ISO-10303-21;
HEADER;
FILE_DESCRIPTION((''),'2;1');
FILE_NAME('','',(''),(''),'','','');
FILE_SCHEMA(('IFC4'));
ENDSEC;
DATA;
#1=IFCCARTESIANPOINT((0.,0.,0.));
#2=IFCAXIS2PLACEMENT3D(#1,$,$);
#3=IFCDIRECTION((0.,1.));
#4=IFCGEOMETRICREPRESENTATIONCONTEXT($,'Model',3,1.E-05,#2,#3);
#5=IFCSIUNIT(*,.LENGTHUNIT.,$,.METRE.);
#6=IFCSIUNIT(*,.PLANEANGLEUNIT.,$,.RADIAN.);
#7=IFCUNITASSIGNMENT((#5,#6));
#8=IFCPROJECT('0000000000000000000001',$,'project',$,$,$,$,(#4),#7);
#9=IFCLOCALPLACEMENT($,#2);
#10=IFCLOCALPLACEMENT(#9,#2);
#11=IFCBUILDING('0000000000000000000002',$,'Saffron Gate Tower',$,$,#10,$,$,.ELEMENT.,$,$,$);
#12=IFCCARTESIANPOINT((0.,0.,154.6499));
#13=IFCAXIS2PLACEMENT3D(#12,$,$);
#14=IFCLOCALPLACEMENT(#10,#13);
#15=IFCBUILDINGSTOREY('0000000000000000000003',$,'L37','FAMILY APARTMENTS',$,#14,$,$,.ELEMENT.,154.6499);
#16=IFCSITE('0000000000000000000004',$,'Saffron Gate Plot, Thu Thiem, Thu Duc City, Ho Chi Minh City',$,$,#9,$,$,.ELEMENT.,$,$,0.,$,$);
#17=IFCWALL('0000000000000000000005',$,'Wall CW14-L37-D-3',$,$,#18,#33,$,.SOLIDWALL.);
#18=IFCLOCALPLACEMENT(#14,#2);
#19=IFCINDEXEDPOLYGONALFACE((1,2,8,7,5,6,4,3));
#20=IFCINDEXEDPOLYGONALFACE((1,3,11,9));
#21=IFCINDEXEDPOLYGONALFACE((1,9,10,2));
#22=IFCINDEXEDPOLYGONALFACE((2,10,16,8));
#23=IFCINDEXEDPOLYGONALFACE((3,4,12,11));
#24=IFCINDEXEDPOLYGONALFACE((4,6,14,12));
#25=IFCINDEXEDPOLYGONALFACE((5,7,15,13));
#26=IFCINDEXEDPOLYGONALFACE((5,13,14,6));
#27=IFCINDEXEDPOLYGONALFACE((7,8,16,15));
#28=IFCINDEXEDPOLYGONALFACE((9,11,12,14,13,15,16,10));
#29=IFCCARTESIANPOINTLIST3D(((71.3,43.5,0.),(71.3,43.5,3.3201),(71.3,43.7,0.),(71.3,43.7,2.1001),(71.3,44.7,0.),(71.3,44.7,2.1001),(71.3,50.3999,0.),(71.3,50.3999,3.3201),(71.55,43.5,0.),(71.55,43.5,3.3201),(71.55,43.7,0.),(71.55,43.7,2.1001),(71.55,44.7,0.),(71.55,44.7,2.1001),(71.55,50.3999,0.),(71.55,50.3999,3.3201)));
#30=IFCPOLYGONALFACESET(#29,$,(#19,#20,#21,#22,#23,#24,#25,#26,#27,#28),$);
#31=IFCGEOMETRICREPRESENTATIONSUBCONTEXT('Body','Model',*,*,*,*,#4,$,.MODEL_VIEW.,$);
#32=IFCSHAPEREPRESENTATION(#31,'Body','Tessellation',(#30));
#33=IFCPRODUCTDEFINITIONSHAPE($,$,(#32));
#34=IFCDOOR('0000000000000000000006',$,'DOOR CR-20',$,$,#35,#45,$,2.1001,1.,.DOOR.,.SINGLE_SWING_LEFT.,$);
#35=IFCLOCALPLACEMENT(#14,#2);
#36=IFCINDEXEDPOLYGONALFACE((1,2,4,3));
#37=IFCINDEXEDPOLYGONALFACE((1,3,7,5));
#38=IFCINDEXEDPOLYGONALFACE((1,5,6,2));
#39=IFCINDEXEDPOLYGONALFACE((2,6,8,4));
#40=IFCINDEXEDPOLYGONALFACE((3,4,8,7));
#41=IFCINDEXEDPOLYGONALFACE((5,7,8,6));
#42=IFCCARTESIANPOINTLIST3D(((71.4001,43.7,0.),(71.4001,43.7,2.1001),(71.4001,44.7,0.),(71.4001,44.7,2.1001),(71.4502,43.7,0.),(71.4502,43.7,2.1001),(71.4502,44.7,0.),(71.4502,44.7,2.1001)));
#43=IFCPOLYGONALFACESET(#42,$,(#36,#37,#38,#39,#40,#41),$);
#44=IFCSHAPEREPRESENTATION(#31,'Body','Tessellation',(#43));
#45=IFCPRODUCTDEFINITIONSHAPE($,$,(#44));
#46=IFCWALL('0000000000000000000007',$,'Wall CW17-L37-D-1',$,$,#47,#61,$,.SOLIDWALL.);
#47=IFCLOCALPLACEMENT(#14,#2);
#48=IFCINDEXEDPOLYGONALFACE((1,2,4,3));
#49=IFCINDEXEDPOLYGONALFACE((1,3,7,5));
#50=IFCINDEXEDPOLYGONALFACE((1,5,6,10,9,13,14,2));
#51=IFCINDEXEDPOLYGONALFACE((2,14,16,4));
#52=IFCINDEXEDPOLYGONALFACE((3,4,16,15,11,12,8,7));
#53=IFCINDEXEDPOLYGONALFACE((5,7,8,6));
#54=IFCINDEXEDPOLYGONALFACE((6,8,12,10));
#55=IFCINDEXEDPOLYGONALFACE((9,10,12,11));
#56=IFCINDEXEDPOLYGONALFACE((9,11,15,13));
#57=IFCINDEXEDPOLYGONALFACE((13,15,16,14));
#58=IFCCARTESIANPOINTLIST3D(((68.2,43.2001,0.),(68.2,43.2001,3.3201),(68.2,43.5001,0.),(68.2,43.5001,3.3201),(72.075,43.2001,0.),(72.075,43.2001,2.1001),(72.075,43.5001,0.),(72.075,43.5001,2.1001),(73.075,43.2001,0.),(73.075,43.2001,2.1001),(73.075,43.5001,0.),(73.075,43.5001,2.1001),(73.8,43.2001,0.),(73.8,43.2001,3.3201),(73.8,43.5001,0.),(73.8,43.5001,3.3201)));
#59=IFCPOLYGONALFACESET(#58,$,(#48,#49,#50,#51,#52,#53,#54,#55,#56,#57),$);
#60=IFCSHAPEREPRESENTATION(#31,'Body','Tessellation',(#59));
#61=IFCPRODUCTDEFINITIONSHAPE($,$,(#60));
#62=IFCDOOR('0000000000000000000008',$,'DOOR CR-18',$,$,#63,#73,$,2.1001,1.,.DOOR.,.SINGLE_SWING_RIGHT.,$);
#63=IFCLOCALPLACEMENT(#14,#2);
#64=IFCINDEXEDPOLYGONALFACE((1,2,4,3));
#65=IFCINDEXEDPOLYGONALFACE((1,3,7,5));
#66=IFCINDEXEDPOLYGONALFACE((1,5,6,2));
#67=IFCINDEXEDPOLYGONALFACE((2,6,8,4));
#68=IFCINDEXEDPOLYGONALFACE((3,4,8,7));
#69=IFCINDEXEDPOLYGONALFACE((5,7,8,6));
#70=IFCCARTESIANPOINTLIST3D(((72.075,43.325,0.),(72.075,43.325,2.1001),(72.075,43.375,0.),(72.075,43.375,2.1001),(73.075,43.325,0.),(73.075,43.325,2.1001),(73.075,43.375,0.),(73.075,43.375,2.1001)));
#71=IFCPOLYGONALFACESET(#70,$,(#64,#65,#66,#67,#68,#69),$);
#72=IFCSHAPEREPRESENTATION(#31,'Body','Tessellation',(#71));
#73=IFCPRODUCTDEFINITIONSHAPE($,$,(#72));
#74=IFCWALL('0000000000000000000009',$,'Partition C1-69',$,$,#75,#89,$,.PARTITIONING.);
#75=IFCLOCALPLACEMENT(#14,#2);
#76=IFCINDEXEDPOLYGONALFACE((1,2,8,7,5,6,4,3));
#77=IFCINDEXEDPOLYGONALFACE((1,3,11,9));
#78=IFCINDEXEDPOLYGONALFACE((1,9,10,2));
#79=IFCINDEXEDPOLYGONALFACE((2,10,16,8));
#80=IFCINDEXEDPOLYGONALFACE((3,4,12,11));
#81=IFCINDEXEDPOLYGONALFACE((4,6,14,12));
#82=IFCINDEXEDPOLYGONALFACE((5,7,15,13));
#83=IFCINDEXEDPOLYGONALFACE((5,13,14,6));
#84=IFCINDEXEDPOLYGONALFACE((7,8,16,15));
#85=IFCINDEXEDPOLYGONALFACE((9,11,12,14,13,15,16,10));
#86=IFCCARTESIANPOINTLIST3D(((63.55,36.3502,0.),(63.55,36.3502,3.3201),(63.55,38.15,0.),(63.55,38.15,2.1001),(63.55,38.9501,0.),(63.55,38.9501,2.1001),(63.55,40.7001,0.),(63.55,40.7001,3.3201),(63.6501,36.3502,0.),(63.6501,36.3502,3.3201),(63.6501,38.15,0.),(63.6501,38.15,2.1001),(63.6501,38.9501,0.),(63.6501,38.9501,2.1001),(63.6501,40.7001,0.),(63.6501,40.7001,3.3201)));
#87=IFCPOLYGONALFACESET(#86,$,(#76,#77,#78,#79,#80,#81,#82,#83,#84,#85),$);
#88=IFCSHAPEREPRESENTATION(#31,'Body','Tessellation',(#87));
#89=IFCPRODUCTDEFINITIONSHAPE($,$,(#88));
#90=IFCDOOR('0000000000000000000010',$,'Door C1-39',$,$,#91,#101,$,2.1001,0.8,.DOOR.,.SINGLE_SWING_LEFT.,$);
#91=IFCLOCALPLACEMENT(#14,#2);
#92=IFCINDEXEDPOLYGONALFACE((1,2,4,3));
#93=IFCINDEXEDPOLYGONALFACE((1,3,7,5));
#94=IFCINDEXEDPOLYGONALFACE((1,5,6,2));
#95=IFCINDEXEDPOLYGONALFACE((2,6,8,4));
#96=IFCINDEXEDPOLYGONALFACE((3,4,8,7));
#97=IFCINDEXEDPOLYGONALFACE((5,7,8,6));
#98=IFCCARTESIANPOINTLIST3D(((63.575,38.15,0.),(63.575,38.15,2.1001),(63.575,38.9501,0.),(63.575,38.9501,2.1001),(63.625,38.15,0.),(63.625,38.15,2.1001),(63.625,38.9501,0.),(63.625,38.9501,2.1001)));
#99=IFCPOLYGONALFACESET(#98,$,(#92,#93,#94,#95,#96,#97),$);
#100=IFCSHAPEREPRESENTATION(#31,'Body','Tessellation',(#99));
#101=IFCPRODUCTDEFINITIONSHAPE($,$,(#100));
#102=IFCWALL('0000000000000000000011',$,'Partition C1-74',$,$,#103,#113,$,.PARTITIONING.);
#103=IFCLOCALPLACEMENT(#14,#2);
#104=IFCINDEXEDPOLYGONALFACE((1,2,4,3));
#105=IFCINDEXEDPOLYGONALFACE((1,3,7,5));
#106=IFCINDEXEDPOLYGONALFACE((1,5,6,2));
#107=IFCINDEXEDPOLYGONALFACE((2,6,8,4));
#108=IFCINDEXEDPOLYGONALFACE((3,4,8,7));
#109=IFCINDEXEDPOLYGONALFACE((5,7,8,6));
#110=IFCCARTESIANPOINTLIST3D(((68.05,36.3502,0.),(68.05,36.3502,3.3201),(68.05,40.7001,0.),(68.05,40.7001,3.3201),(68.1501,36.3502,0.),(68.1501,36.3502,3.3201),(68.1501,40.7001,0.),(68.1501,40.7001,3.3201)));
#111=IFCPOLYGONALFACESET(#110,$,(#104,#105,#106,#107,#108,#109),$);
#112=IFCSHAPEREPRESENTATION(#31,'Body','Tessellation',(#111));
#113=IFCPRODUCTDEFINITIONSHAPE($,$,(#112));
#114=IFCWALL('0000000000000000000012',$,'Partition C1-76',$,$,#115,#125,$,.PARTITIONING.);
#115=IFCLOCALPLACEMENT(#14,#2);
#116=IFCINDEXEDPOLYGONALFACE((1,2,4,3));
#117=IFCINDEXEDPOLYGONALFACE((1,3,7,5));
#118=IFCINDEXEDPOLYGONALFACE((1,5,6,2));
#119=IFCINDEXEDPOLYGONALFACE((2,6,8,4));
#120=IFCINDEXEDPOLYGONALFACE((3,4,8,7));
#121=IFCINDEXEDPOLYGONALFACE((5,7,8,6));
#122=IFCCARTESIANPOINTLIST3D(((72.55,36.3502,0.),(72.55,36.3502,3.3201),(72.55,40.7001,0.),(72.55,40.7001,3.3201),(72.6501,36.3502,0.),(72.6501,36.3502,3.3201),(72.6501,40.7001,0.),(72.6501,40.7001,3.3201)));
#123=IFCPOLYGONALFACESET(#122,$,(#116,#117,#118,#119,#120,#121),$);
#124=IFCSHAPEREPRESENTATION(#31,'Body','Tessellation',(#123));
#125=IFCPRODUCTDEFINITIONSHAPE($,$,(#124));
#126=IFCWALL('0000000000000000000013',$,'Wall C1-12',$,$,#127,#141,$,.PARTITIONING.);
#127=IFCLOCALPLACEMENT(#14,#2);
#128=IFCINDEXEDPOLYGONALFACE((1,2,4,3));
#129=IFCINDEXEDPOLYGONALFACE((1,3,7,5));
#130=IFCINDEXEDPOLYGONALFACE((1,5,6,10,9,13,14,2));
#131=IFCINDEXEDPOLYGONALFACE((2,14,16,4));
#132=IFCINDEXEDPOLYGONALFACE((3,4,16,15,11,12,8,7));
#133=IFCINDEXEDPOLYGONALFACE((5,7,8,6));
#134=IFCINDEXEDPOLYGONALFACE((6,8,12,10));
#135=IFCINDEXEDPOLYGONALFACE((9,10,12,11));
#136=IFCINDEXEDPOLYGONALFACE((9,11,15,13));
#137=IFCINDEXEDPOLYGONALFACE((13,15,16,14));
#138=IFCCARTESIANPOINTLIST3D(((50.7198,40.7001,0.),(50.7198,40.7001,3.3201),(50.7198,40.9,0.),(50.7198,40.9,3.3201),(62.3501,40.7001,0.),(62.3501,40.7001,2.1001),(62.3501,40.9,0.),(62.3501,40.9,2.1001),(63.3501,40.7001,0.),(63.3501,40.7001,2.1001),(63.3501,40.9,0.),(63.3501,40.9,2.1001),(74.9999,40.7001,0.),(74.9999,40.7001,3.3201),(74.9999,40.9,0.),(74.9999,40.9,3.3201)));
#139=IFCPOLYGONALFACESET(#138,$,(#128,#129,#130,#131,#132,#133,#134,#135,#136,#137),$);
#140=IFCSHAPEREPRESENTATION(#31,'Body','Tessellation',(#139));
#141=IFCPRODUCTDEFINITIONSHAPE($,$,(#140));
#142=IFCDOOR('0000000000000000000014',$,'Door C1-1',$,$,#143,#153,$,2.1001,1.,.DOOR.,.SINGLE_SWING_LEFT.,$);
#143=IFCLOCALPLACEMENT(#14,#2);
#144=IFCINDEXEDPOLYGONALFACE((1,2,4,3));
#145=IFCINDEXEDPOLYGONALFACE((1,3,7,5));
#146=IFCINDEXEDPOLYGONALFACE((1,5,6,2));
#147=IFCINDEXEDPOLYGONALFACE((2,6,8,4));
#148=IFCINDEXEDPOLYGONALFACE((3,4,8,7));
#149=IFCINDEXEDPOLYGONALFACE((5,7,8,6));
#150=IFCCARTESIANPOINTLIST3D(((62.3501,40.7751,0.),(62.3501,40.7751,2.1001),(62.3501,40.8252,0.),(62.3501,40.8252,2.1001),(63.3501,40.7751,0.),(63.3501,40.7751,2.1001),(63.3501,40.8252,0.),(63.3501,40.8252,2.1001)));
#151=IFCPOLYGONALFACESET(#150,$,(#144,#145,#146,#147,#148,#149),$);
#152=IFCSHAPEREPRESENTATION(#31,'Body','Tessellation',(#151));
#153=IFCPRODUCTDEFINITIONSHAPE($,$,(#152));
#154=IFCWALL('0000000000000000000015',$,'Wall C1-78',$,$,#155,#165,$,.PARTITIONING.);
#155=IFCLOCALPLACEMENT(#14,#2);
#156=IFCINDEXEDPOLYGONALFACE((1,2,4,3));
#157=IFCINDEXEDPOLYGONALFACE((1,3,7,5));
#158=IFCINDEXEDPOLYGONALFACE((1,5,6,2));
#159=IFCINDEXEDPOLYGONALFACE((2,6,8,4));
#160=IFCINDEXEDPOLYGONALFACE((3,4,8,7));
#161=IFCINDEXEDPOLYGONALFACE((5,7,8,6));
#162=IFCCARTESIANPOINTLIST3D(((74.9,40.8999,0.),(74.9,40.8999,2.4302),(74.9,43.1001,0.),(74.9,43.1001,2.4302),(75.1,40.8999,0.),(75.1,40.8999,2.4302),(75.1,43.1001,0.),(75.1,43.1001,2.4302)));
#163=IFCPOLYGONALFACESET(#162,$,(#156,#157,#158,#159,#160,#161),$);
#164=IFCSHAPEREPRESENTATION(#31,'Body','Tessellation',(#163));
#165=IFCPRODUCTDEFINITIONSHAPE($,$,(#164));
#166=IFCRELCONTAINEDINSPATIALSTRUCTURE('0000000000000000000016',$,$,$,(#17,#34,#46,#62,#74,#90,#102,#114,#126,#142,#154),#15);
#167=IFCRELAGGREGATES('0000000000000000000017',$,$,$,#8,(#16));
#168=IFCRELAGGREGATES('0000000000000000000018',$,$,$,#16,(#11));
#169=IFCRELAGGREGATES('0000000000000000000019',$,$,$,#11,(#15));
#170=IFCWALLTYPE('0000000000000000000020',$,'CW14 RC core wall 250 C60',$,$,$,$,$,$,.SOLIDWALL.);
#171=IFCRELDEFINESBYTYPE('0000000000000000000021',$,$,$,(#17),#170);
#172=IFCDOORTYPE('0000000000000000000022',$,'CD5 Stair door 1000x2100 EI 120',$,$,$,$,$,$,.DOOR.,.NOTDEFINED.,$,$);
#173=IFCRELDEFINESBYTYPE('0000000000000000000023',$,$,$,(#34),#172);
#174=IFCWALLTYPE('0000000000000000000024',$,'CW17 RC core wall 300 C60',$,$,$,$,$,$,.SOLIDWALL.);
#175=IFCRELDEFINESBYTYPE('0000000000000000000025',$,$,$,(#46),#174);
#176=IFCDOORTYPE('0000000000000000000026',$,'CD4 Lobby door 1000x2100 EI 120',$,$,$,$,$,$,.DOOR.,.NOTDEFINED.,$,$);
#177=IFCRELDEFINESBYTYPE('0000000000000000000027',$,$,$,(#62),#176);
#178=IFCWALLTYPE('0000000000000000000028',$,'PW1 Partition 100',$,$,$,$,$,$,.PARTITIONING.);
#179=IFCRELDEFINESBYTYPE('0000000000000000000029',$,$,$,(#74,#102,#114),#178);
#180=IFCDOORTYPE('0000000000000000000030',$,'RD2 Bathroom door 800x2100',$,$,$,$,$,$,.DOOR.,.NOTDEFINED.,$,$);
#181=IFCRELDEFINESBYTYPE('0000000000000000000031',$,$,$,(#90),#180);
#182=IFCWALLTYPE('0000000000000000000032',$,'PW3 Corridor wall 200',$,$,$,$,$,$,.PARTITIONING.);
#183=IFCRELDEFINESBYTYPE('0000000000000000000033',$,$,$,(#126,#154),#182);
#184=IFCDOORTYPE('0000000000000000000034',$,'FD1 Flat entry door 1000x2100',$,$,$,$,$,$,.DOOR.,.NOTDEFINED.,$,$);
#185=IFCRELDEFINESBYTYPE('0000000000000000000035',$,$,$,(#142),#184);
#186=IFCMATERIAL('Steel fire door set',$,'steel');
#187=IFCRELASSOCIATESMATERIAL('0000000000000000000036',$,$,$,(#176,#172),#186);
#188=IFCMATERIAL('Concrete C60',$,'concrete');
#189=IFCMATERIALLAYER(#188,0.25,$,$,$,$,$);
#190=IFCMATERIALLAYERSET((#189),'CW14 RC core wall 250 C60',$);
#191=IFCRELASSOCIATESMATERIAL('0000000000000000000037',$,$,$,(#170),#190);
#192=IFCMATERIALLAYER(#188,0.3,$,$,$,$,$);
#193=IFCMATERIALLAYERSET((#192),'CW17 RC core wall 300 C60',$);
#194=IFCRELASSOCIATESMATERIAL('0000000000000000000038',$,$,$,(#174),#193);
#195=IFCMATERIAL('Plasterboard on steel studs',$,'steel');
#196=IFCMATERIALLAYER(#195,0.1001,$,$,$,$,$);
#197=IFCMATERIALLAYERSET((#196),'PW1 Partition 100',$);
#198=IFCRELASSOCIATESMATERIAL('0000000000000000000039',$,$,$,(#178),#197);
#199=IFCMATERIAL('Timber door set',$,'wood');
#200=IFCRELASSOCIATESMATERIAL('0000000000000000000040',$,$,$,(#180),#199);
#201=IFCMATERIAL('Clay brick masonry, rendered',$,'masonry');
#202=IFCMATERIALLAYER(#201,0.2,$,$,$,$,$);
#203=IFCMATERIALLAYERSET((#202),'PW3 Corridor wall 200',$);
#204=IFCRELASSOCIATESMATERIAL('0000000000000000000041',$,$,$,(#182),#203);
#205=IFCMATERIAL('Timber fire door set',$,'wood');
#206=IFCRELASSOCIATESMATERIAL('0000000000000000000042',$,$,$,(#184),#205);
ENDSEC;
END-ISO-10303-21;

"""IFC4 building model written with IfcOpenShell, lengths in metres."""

from ifc_helpers import new_model, si_unit, direction, frame, frame_2d, origin, place, context, subcontext, project, spatial, rectangle, extrude, material, layer, layer_set, type_object, element, fill, save


model = new_model("IFC4")

# Units and contexts
model_context = context("Model", 3, precision=1e-05, world=origin(), true_north=direction((0.0, 1.0)))
body_context = subcontext(model_context, "Body", "Model", "MODEL_VIEW")
ifc_project = project(units=[si_unit("LENGTHUNIT", "METRE"), si_unit("PLANEANGLEUNIT", "RADIAN")], contexts=[model_context])

# Site, building, storey
site_placement = place(None, origin())
site = spatial("IfcSite", under=ifc_project, at=site_placement, Name="Saffron Gate Plot, Thu Thiem, Thu Duc City, Ho Chi Minh City", CompositionType="ELEMENT", RefElevation=0.0)
building_placement = place(site_placement, origin())
building = spatial("IfcBuilding", under=site, at=building_placement, Name="Saffron Gate Tower", CompositionType="ELEMENT")
storey_placement = place(building_placement, frame((0.0, 0.0, 154.6499)))
storey = spatial("IfcBuildingStorey", under=building, at=storey_placement, Name="L37", Description="FAMILY APARTMENTS", CompositionType="ELEMENT", Elevation=154.6499)

# Shared definitions
ifc_material_1 = material(Name="Steel fire door set", Category="steel")
door_type_1 = type_object("IfcDoorType", Name="CD4 Lobby door 1000x2100 EI 120", OperationType="NOTDEFINED", PredefinedType="DOOR", material=ifc_material_1)

# Shared definitions
ifc_material_2 = material(Name="Concrete C60", Category="concrete")
ifc_layer_1 = layer(ifc_material_2, 0.25)
ifc_layer_set_1 = layer_set([ifc_layer_1], Name="CW14 RC core wall 250 C60")
wall_type_1 = type_object("IfcWallType", Name="CW14 RC core wall 250 C60", PredefinedType="SOLIDWALL", material=ifc_layer_set_1)

# Walls, openings, doors
wall_1_placement = place(storey_placement, frame((71.425, 43.5, 0.0), z_axis=(0.0, 0.0, 1.0), x_axis=(0.0, 1.0, 0.0)))
wall_1 = element("IfcWall", 1, at=wall_1_placement, inside=storey, type_object=wall_type_1, Name="Wall CW14-L37-D-3", PredefinedType="SOLIDWALL", context=body_context, shape_type="SweptSolid", body=[
    extrude(rectangle(XDim=6.8999, YDim=0.25, at=frame_2d((3.45, 0.0))), origin(), (0.0, 0.0, 1.0), 3.3201),
])
opening_1_placement = place(wall_1_placement, frame((0.2, 0.0, 0.0)))
opening_1 = element("IfcOpeningElement", 2, at=opening_1_placement, cuts=wall_1, PredefinedType="OPENING", context=body_context, shape_type="SweptSolid", body=[
    extrude(rectangle(XDim=1.0, YDim=2.1001, at=frame_2d((0.5, 1.05))), frame((0.0, 0.135, 0.0), z_axis=(0.0, -1.0, 0.0), x_axis=(1.0, 0.0, 0.0)), (0.0, 0.0, 1.0), 0.27),
])
door_type_2 = type_object("IfcDoorType", Name="CD5 Stair door 1000x2100 EI 120", OperationType="NOTDEFINED", PredefinedType="DOOR", material=ifc_material_1)
door_1_placement = place(opening_1_placement, origin())
door_1 = element("IfcDoor", 3, at=door_1_placement, inside=storey, type_object=door_type_2, Name="DOOR CR-20", OperationType="SINGLE_SWING_LEFT", OverallHeight=2.1001, OverallWidth=1.0, PredefinedType="DOOR", context=body_context, shape_type="SweptSolid", body=[
    extrude(rectangle(XDim=1.0, YDim=2.1001, at=frame_2d((0.5, 1.05))), frame((0.0, 0.0249, 0.0), z_axis=(0.0, -1.0, 0.0), x_axis=(1.0, 0.0, 0.0)), (0.0, 0.0, 1.0), 0.05),
])
fill(opening_1, door_1)
ifc_layer_2 = layer(ifc_material_2, 0.3)
ifc_layer_set_2 = layer_set([ifc_layer_2], Name="CW17 RC core wall 300 C60")
wall_type_2 = type_object("IfcWallType", Name="CW17 RC core wall 300 C60", PredefinedType="SOLIDWALL", material=ifc_layer_set_2)
wall_2_placement = place(storey_placement, frame((68.2, 43.3501, 0.0), z_axis=(0.0, 0.0, 1.0), x_axis=(1.0, 0.0, 0.0)))
wall_2 = element("IfcWall", 4, at=wall_2_placement, inside=storey, type_object=wall_type_2, Name="Wall CW17-L37-D-1", PredefinedType="SOLIDWALL", context=body_context, shape_type="SweptSolid", body=[
    extrude(rectangle(XDim=5.6001, YDim=0.3, at=frame_2d((2.8, 0.0))), origin(), (0.0, 0.0, 1.0), 3.3201),
])
opening_2_placement = place(wall_2_placement, frame((3.875, 0.0, 0.0)))
opening_2 = element("IfcOpeningElement", 5, at=opening_2_placement, cuts=wall_2, PredefinedType="OPENING", context=body_context, shape_type="SweptSolid", body=[
    extrude(rectangle(XDim=1.0, YDim=2.1001, at=frame_2d((0.5, 1.05))), frame((0.0, 0.1602, 0.0), z_axis=(0.0, -1.0, 0.0), x_axis=(1.0, 0.0, 0.0)), (0.0, 0.0, 1.0), 0.3201),
])
door_2_placement = place(opening_2_placement, origin())
door_2 = element("IfcDoor", 6, at=door_2_placement, inside=storey, type_object=door_type_1, Name="DOOR CR-18", OperationType="SINGLE_SWING_RIGHT", OverallHeight=2.1001, OverallWidth=1.0, PredefinedType="DOOR", context=body_context, shape_type="SweptSolid", body=[
    extrude(rectangle(XDim=1.0, YDim=2.1001, at=frame_2d((0.5, 1.05))), frame((0.0, 0.0249, 0.0), z_axis=(0.0, -1.0, 0.0), x_axis=(1.0, 0.0, 0.0)), (0.0, 0.0, 1.0), 0.05),
])
fill(opening_2, door_2)
ifc_material_3 = material(Name="Plasterboard on steel studs", Category="steel")
ifc_layer_3 = layer(ifc_material_3, 0.1001)
ifc_layer_set_3 = layer_set([ifc_layer_3], Name="PW1 Partition 100")
wall_type_3 = type_object("IfcWallType", Name="PW1 Partition 100", PredefinedType="PARTITIONING", material=ifc_layer_set_3)
wall_3_placement = place(storey_placement, frame((63.6001, 40.7, 0.0), z_axis=(0.0, 0.0, 1.0), x_axis=(0.0, -1.0, 0.0)))
wall_3 = element("IfcWall", 7, at=wall_3_placement, inside=storey, type_object=wall_type_3, Name="Partition C1-69", PredefinedType="PARTITIONING", context=body_context, shape_type="SweptSolid", body=[
    extrude(rectangle(XDim=4.3499, YDim=0.1001, at=frame_2d((2.1748, 0.0))), origin(), (0.0, 0.0, 1.0), 3.3201),
])
opening_3_placement = place(wall_3_placement, frame((1.75, 0.0, 0.0)))
opening_3 = element("IfcOpeningElement", 8, at=opening_3_placement, cuts=wall_3, PredefinedType="OPENING", context=body_context, shape_type="SweptSolid", body=[
    extrude(rectangle(XDim=0.8, YDim=2.1001, at=frame_2d((0.3999, 1.05))), frame((0.0, 0.0601, 0.0), z_axis=(0.0, -1.0, 0.0), x_axis=(1.0, 0.0, 0.0)), (0.0, 0.0, 1.0), 0.1201),
])
ifc_material_4 = material(Name="Timber door set", Category="wood")
door_type_3 = type_object("IfcDoorType", Name="RD2 Bathroom door 800x2100", OperationType="NOTDEFINED", PredefinedType="DOOR", material=ifc_material_4)
door_3_placement = place(opening_3_placement, origin())
door_3 = element("IfcDoor", 9, at=door_3_placement, inside=storey, type_object=door_type_3, Name="Door C1-39", OperationType="SINGLE_SWING_LEFT", OverallHeight=2.1001, OverallWidth=0.8, PredefinedType="DOOR", context=body_context, shape_type="SweptSolid", body=[
    extrude(rectangle(XDim=0.8, YDim=2.1001, at=frame_2d((0.3999, 1.05))), frame((0.0, 0.0249, 0.0), z_axis=(0.0, -1.0, 0.0), x_axis=(1.0, 0.0, 0.0)), (0.0, 0.0, 1.0), 0.05),
])
fill(opening_3, door_3)

# Walls
for number, where, z_axis, x_axis, name in (
    (10, (68.1001, 40.7, 0.0), (0.0, 0.0, 1.0), (0.0, -1.0, 0.0), "Partition C1-74"),
    (11, (72.6001, 40.7, 0.0), (0.0, 0.0, 1.0), (0.0, -1.0, 0.0), "Partition C1-76"),
):
    element("IfcWall", number, at=place(storey_placement, frame(where, z_axis=z_axis, x_axis=x_axis)), inside=storey, type_object=wall_type_3, Name=name, PredefinedType="PARTITIONING", context=body_context, shape_type="SweptSolid", body=[
        extrude(rectangle(XDim=4.3499, YDim=0.1001, at=frame_2d((2.1748, 0.0))), origin(), (0.0, 0.0, 1.0), 3.3201),
    ])

# Wall, opening, door
ifc_material_5 = material(Name="Clay brick masonry, rendered", Category="masonry")
ifc_layer_4 = layer(ifc_material_5, 0.2)
ifc_layer_set_4 = layer_set([ifc_layer_4], Name="PW3 Corridor wall 200")
wall_type_4 = type_object("IfcWallType", Name="PW3 Corridor wall 200", PredefinedType="PARTITIONING", material=ifc_layer_set_4)
wall_4_placement = place(storey_placement, frame((75.0, 40.8, 0.0), z_axis=(0.0, 0.0, 1.0), x_axis=(-1.0, 0.0, 0.0)))
wall_4 = element("IfcWall", 12, at=wall_4_placement, inside=storey, type_object=wall_type_4, Name="Wall C1-12", PredefinedType="PARTITIONING", context=body_context, shape_type="SweptSolid", body=[
    extrude(rectangle(XDim=24.28, YDim=0.2, at=frame_2d((12.1401, 0.0))), origin(), (0.0, 0.0, 1.0), 3.3201),
])
opening_4_placement = place(wall_4_placement, frame((11.6499, 0.0, 0.0)))
opening_4 = element("IfcOpeningElement", 13, at=opening_4_placement, cuts=wall_4, PredefinedType="OPENING", context=body_context, shape_type="SweptSolid", body=[
    extrude(rectangle(XDim=1.0, YDim=2.1001, at=frame_2d((0.5, 1.05))), frame((0.0, 0.1099, 0.0), z_axis=(0.0, -1.0, 0.0), x_axis=(1.0, 0.0, 0.0)), (0.0, 0.0, 1.0), 0.22),
])
ifc_material_6 = material(Name="Timber fire door set", Category="wood")
door_type_4 = type_object("IfcDoorType", Name="FD1 Flat entry door 1000x2100", OperationType="NOTDEFINED", PredefinedType="DOOR", material=ifc_material_6)
door_4_placement = place(opening_4_placement, origin())
door_4 = element("IfcDoor", 14, at=door_4_placement, inside=storey, type_object=door_type_4, Name="Door C1-1", OperationType="SINGLE_SWING_LEFT", OverallHeight=2.1001, OverallWidth=1.0, PredefinedType="DOOR", context=body_context, shape_type="SweptSolid", body=[
    extrude(rectangle(XDim=1.0, YDim=2.1001, at=frame_2d((0.5, 1.05))), frame((0.0, 0.0249, 0.0), z_axis=(0.0, -1.0, 0.0), x_axis=(1.0, 0.0, 0.0)), (0.0, 0.0, 1.0), 0.05),
])
fill(opening_4, door_4)

# Wall
wall_5_placement = place(storey_placement, frame((75.0, 43.1001, 0.0), z_axis=(0.0, 0.0, 1.0), x_axis=(0.0, -1.0, 0.0)))
element("IfcWall", 15, at=wall_5_placement, inside=storey, type_object=wall_type_4, Name="Wall C1-78", PredefinedType="PARTITIONING", context=body_context, shape_type="SweptSolid", body=[
    extrude(rectangle(XDim=2.2002, YDim=0.2, at=frame_2d((1.1001, 0.0))), origin(), (0.0, 0.0, 1.0), 2.4302),
])

save(model, "model.ifc")
